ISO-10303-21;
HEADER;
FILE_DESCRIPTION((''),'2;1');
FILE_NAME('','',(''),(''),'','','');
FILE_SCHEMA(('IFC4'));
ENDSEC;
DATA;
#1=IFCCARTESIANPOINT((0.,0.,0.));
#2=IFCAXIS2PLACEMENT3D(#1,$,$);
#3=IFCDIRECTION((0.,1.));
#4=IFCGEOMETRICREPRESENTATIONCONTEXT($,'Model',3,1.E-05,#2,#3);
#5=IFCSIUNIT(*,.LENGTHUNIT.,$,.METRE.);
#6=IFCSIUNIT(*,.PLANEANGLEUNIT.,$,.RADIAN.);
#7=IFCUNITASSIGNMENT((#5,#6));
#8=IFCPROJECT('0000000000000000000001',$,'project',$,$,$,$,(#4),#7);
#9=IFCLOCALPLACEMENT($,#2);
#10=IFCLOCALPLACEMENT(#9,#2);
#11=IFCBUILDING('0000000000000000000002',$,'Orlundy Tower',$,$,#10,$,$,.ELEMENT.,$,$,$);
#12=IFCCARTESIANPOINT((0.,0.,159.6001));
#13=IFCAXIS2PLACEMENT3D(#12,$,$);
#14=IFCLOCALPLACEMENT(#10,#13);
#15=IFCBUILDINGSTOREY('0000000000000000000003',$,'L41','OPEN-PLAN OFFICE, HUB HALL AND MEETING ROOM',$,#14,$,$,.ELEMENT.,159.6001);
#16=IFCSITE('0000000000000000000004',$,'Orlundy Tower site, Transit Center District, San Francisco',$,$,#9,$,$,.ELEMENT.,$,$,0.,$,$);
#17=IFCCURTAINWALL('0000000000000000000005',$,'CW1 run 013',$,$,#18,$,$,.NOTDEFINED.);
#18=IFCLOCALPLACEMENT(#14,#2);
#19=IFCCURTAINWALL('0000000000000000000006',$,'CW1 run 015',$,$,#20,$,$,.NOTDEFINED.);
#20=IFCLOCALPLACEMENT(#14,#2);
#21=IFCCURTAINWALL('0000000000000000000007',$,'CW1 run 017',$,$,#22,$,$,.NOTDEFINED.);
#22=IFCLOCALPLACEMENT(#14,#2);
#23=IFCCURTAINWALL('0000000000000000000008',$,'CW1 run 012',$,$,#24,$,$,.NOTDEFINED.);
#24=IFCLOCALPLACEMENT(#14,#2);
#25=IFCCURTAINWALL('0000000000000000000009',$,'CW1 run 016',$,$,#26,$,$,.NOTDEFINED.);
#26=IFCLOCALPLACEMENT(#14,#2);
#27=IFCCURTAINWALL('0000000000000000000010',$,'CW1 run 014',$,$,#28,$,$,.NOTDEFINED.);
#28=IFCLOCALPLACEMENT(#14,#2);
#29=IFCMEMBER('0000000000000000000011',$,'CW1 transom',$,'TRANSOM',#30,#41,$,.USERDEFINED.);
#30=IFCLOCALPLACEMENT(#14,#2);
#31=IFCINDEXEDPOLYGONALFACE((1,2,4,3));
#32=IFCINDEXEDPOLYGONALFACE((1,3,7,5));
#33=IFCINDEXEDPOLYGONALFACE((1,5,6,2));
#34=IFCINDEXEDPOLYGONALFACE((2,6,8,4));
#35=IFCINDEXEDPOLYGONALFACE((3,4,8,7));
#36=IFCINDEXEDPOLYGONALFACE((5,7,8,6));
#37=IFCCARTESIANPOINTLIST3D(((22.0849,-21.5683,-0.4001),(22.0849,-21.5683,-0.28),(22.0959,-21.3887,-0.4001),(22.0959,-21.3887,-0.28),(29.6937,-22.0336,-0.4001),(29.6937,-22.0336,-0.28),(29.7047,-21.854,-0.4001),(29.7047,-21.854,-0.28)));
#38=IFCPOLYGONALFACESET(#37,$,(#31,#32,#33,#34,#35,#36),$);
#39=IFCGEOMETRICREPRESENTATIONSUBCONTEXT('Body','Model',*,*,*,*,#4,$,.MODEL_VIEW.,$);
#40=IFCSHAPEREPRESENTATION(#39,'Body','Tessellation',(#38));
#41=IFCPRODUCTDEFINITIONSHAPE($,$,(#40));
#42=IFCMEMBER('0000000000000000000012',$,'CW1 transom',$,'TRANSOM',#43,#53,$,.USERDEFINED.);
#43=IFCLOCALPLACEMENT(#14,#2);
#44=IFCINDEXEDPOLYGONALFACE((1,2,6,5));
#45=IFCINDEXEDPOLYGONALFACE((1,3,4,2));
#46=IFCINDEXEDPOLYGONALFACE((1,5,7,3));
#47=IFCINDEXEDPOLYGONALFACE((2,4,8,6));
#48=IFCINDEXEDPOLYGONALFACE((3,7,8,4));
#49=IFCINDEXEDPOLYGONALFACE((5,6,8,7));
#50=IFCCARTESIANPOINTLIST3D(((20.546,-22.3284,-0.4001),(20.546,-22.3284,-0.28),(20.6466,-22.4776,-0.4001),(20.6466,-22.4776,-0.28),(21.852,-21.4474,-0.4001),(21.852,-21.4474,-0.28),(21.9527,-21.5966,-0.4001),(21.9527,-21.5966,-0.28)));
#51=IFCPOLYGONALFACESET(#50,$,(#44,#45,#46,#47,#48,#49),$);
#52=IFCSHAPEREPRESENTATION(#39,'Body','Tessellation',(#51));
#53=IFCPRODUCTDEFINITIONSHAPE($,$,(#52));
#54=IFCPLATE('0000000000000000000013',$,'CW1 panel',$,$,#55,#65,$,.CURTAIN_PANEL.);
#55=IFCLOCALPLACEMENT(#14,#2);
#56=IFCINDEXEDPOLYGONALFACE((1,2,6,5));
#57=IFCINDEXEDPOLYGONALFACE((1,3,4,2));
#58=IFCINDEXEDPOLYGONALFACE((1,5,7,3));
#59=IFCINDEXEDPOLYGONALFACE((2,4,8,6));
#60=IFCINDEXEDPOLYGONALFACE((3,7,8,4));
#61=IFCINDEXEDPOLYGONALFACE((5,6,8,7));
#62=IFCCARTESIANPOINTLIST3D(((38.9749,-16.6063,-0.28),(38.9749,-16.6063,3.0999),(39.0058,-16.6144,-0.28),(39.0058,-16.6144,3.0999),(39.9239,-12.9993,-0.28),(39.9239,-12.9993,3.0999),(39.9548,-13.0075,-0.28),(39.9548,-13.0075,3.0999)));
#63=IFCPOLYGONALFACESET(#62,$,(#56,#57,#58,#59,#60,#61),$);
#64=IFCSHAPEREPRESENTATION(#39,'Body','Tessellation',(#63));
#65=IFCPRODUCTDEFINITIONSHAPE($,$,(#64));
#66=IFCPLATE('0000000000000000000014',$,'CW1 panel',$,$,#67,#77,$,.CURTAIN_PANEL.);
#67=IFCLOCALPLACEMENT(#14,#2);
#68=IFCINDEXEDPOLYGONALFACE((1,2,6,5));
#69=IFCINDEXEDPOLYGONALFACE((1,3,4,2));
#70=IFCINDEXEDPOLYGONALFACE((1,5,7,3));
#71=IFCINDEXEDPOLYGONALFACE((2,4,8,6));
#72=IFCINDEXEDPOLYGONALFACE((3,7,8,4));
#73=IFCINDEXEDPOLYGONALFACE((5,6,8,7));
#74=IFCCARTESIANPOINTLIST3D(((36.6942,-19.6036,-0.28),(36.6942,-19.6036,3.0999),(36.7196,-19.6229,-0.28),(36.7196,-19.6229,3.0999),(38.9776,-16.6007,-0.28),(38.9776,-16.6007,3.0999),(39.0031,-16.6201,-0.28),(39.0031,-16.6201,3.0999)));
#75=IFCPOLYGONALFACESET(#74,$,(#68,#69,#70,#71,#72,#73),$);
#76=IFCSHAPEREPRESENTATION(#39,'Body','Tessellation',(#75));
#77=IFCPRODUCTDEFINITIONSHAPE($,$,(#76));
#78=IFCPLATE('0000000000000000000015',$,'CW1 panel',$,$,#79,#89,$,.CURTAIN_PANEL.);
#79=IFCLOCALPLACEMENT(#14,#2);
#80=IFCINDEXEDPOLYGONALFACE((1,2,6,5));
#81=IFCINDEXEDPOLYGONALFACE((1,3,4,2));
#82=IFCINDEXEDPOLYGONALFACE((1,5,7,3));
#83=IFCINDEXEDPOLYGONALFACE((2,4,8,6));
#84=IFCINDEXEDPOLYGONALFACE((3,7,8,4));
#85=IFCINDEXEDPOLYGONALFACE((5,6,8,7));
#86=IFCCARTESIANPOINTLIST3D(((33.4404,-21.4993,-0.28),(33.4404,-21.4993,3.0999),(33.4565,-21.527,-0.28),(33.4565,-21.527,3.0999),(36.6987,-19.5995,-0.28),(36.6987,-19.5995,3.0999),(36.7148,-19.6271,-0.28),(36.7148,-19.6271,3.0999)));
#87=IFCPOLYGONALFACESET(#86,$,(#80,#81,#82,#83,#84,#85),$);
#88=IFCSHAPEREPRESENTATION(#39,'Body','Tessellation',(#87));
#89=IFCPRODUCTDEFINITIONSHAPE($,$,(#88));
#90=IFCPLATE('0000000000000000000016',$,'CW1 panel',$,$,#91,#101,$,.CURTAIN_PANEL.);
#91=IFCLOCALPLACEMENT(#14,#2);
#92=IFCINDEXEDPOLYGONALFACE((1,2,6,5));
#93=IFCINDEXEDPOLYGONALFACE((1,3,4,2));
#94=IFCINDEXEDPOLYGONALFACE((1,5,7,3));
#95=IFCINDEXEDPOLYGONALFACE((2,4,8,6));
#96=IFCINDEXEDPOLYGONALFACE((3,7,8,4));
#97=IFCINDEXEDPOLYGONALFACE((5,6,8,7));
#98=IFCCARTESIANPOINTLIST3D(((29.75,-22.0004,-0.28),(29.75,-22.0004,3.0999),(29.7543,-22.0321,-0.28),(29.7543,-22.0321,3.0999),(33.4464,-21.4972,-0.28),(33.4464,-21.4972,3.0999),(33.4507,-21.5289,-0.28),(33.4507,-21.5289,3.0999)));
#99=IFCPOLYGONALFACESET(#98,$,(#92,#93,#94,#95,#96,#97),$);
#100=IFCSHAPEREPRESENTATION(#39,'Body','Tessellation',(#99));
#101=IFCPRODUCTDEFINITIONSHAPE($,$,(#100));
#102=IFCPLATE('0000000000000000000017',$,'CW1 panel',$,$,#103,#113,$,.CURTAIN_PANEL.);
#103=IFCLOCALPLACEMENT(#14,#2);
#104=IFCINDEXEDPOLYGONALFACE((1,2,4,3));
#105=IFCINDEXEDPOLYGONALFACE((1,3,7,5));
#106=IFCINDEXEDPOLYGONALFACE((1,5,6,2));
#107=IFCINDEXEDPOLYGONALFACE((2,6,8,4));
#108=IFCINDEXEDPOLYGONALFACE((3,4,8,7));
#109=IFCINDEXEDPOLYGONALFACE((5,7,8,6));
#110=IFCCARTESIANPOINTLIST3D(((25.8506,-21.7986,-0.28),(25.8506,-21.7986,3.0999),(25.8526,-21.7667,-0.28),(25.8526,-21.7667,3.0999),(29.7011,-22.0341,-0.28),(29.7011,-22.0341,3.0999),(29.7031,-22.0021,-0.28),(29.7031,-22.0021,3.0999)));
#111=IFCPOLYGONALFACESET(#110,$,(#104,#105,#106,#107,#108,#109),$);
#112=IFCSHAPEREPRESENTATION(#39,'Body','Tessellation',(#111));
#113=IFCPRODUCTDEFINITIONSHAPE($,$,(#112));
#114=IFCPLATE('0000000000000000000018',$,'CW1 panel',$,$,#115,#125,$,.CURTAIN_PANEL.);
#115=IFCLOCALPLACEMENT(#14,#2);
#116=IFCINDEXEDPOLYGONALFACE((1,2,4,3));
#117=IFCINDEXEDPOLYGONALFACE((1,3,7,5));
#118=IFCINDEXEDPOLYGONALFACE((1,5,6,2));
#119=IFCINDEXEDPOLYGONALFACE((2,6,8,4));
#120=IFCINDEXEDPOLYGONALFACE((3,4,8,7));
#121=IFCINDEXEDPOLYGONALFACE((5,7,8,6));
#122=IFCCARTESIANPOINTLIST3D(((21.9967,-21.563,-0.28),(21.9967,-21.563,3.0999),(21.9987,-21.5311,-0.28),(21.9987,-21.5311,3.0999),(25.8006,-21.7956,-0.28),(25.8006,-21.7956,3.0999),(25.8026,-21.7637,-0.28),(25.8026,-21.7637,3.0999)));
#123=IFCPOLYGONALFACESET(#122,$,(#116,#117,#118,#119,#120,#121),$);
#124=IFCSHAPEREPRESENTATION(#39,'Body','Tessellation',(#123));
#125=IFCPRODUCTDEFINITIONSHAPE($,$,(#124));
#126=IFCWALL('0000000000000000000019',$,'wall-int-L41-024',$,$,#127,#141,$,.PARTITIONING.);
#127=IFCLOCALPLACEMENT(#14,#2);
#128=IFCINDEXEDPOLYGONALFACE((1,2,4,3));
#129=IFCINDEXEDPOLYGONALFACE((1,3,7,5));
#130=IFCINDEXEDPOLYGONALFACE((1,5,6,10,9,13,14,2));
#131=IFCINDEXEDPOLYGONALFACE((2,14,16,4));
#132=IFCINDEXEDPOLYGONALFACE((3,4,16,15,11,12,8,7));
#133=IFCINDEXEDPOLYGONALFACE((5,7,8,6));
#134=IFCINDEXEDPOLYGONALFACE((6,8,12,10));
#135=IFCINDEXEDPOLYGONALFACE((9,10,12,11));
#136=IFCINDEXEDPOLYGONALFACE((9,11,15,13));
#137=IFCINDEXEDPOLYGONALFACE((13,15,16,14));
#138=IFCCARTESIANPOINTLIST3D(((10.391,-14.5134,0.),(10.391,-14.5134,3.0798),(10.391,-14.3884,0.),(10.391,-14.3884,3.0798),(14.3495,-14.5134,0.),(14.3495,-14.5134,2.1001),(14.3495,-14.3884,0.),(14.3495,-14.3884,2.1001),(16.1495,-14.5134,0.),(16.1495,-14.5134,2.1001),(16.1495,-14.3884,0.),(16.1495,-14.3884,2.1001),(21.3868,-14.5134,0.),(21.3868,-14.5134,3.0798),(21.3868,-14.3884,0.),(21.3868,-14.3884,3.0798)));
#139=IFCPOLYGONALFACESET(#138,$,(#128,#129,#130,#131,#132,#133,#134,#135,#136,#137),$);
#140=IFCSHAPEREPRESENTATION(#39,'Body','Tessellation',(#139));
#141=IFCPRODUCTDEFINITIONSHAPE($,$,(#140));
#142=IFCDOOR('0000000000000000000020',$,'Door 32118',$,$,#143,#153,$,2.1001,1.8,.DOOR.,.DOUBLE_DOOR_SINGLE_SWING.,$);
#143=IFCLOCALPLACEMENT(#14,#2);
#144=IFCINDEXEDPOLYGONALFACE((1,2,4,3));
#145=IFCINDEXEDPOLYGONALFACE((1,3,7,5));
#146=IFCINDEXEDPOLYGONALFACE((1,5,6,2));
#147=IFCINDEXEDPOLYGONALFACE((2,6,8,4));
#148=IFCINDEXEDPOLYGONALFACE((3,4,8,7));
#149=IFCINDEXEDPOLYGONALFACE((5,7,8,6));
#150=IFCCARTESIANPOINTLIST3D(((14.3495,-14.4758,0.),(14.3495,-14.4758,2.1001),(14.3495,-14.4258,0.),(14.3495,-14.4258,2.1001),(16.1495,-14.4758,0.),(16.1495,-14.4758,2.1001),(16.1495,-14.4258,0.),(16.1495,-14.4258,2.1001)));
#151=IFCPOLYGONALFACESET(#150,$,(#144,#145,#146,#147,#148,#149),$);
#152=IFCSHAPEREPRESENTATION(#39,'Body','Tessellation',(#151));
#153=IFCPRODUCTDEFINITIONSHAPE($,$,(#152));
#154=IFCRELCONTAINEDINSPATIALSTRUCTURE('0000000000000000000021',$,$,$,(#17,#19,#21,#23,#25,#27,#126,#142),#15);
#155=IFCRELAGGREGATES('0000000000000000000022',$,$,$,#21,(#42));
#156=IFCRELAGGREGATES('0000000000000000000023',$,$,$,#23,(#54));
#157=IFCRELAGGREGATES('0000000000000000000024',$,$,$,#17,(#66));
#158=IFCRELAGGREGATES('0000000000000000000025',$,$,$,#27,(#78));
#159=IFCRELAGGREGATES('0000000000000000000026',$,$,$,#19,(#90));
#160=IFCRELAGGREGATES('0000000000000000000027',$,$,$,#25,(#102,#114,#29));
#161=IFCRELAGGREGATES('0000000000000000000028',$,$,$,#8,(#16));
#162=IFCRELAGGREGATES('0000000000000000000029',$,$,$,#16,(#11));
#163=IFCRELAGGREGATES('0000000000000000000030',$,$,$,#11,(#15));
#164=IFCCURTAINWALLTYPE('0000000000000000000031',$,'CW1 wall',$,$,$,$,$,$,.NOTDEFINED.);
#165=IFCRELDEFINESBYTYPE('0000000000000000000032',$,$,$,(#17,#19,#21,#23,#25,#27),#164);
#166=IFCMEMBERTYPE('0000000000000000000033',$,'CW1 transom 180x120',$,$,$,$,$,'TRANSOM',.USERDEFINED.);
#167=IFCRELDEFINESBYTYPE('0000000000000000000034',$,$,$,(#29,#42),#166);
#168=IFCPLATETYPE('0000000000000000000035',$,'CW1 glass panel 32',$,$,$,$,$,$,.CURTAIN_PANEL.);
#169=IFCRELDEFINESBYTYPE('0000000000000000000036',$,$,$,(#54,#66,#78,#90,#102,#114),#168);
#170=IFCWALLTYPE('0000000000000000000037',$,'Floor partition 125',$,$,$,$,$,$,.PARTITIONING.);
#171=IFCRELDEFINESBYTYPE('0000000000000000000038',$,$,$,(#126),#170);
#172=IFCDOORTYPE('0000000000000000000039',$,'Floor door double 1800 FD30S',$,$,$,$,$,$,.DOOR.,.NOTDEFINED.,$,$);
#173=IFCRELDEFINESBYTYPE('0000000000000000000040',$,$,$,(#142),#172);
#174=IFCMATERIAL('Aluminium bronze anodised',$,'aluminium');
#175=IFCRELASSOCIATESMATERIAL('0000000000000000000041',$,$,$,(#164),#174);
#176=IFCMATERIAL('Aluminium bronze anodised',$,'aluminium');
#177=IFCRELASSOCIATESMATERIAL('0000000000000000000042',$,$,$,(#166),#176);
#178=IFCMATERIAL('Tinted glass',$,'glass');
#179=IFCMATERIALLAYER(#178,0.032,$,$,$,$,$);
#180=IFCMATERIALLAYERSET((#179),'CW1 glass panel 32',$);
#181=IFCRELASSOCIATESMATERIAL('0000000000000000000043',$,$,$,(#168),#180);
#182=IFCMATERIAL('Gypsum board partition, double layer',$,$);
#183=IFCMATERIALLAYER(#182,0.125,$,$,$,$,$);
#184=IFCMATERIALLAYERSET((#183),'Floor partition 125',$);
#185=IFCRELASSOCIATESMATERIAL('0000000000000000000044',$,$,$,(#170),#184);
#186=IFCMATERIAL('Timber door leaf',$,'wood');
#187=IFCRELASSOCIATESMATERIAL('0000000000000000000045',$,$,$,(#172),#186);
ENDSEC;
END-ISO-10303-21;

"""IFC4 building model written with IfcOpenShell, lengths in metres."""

from ifc_helpers import new_model, si_unit, direction, frame, frame_2d, origin, origin_2d, place, context, subcontext, project, spatial, rectangle, extrude, material, layer, layer_set, material_profile, profile_set, type_object, element, fill, aggregate, save


model = new_model("IFC4")

# Units and contexts
model_context = context("Model", 3, precision=1e-05, world=origin(), true_north=direction((0.0, 1.0)))
body_context = subcontext(model_context, "Body", "Model", "MODEL_VIEW")
ifc_project = project(units=[si_unit("LENGTHUNIT", "METRE"), si_unit("PLANEANGLEUNIT", "RADIAN")], contexts=[model_context])

# Site, building, storey
site_placement = place(None, origin())
site = spatial("IfcSite", under=ifc_project, at=site_placement, Name="Orlundy Tower site, Transit Center District, San Francisco", CompositionType="ELEMENT", RefElevation=0.0)
building_placement = place(site_placement, origin())
building = spatial("IfcBuilding", under=site, at=building_placement, Name="Orlundy Tower", CompositionType="ELEMENT")
storey_placement = place(building_placement, frame((0.0, 0.0, 159.6001)))
storey = spatial("IfcBuildingStorey", under=building, at=storey_placement, Name="L41", Description="OPEN-PLAN OFFICE, HUB HALL AND MEETING ROOM", CompositionType="ELEMENT", Elevation=159.6001)

# Curtain walls
ifc_material_1 = material(Name="Aluminium bronze anodised", Category="aluminium")
curtain_wall_type = type_object("IfcCurtainWallType", Name="CW1 wall", PredefinedType="NOTDEFINED", material=ifc_material_1)
curtain_wall_1_placement = place(storey_placement, origin())
curtain_wall_1 = element("IfcCurtainWall", 1, at=curtain_wall_1_placement, inside=storey, type_object=curtain_wall_type, Name="CW1 run 013", PredefinedType="NOTDEFINED")
curtain_wall_2_placement = place(storey_placement, origin())
curtain_wall_2 = element("IfcCurtainWall", 2, at=curtain_wall_2_placement, inside=storey, type_object=curtain_wall_type, Name="CW1 run 015", PredefinedType="NOTDEFINED")
curtain_wall_3_placement = place(storey_placement, origin())
curtain_wall_3 = element("IfcCurtainWall", 3, at=curtain_wall_3_placement, inside=storey, type_object=curtain_wall_type, Name="CW1 run 017", PredefinedType="NOTDEFINED")
curtain_wall_4_placement = place(storey_placement, origin())
curtain_wall_4 = element("IfcCurtainWall", 4, at=curtain_wall_4_placement, inside=storey, type_object=curtain_wall_type, Name="CW1 run 012", PredefinedType="NOTDEFINED")

# Curtain wall
curtain_wall_5_placement = place(storey_placement, origin())
curtain_wall_5 = element("IfcCurtainWall", 5, at=curtain_wall_5_placement, inside=storey, type_object=curtain_wall_type, Name="CW1 run 016", PredefinedType="NOTDEFINED")

# Shared definitions
ifc_material_2 = material(Name="Aluminium bronze anodised", Category="aluminium")
ifc_material_profile_1 = material_profile(ifc_material_2, rectangle(XDim=0.1799, YDim=0.1201, at=origin_2d()), Name="CW1 transom 180x120")
ifc_profile_set_1 = profile_set([ifc_material_profile_1], Name="Aluminium bronze anodised")
member_type_1 = type_object("IfcMemberType", Name="CW1 transom 180x120", ElementType="TRANSOM", PredefinedType="USERDEFINED", material=ifc_profile_set_1)

# Curtain wall
curtain_wall_6_placement = place(storey_placement, origin())
curtain_wall_6 = element("IfcCurtainWall", 6, at=curtain_wall_6_placement, inside=storey, type_object=curtain_wall_type, Name="CW1 run 014", PredefinedType="NOTDEFINED")

# Members
member_1_placement = place(storey_placement, frame((29.6992, -21.9438, -0.3401), z_axis=(-0.998135, 0.061042, 0.0), x_axis=(-0.061042, -0.998135, 0.0)))
member_1 = element("IfcMember", 7, at=member_1_placement, type_object=member_type_1, Name="CW1 transom", ObjectType="TRANSOM", PredefinedType="USERDEFINED", context=body_context, shape_type="SweptSolid", body=[
    extrude(rectangle(XDim=0.1799, YDim=0.1201, at=origin_2d()), origin(), (0.0, 0.0, 1.0), 7.623),
])
member_2_placement = place(storey_placement, frame((21.9023, -21.522, -0.3401), z_axis=(-0.82901, -0.559233, 0.0), x_axis=(0.559233, -0.82901, 0.0)))
member_2 = element("IfcMember", 8, at=member_2_placement, type_object=member_type_1, Name="CW1 transom", ObjectType="TRANSOM", PredefinedType="USERDEFINED", context=body_context, shape_type="SweptSolid", body=[
    extrude(rectangle(XDim=0.1799, YDim=0.1201, at=origin_2d()), origin(), (0.0, 0.0, 1.0), 1.5754),
])
aggregate(curtain_wall_3, [member_2])

# Plates
ifc_material_3 = material(Name="Tinted glass", Category="glass")
ifc_layer_1 = layer(ifc_material_3, 0.032)
ifc_layer_set_1 = layer_set([ifc_layer_1], Name="CW1 glass panel 32")
plate_type = type_object("IfcPlateType", Name="CW1 glass panel 32", PredefinedType="CURTAIN_PANEL", material=ifc_layer_set_1)
plate_1_placement = place(storey_placement, frame((39.4648, -14.8069, -0.28), z_axis=(0.0, 0.0, 1.0), x_axis=(-0.254453, -0.967085, 0.0)))
plate_1 = element("IfcPlate", 9, at=plate_1_placement, type_object=plate_type, Name="CW1 panel", PredefinedType="CURTAIN_PANEL", context=body_context, shape_type="SweptSolid", body=[
    extrude(rectangle(XDim=3.7297, YDim=0.032, at=origin_2d()), origin(), (0.0, 0.0, 1.0), 3.3799),
])
aggregate(curtain_wall_4, [plate_1])
plate_2_placement = place(storey_placement, frame((37.8486, -18.1118, -0.28), z_axis=(0.0, 0.0, 1.0), x_axis=(-0.605295, -0.796001, 0.0)))
plate_2 = element("IfcPlate", 10, at=plate_2_placement, type_object=plate_type, Name="CW1 panel", PredefinedType="CURTAIN_PANEL", context=body_context, shape_type="SweptSolid", body=[
    extrude(rectangle(XDim=3.7725, YDim=0.032, at=origin_2d()), origin(), (0.0, 0.0, 1.0), 3.3799),
])
aggregate(curtain_wall_1, [plate_2])
plate_3_placement = place(storey_placement, frame((35.0776, -20.5632, -0.28), z_axis=(0.0, 0.0, 1.0), x_axis=(-0.863877, -0.503703, 0.0)))
plate_3 = element("IfcPlate", 11, at=plate_3_placement, type_object=plate_type, Name="CW1 panel", PredefinedType="CURTAIN_PANEL", context=body_context, shape_type="SweptSolid", body=[
    extrude(rectangle(XDim=3.7717, YDim=0.032, at=origin_2d()), origin(), (0.0, 0.0, 1.0), 3.3799),
])
aggregate(curtain_wall_6, [plate_3])
plate_4_placement = place(storey_placement, frame((31.6003, -21.7646, -0.28), z_axis=(0.0, 0.0, 1.0), x_axis=(-0.990861, -0.134884, 0.0)))
plate_4 = element("IfcPlate", 12, at=plate_4_placement, type_object=plate_type, Name="CW1 panel", PredefinedType="CURTAIN_PANEL", context=body_context, shape_type="SweptSolid", body=[
    extrude(rectangle(XDim=3.7305, YDim=0.032, at=origin_2d()), origin(), (0.0, 0.0, 1.0), 3.3799),
])
aggregate(curtain_wall_2, [plate_4])
plate_5_placement = place(storey_placement, frame((27.7769, -21.9004, -0.28), z_axis=(0.0, 0.0, 1.0), x_axis=(-0.998136, 0.061026, 0.0)))
plate_5 = element("IfcPlate", 13, at=plate_5_placement, type_object=plate_type, Name="CW1 panel", PredefinedType="CURTAIN_PANEL", context=body_context, shape_type="SweptSolid", body=[
    extrude(rectangle(XDim=3.8577, YDim=0.032, at=origin_2d()), origin(), (0.0, 0.0, 1.0), 3.3799),
])
plate_6_placement = place(storey_placement, frame((23.8997, -21.6633, -0.28), z_axis=(0.0, 0.0, 1.0), x_axis=(-0.998136, 0.061026, 0.0)))
plate_6 = element("IfcPlate", 14, at=plate_6_placement, type_object=plate_type, Name="CW1 panel", PredefinedType="CURTAIN_PANEL", context=body_context, shape_type="SweptSolid", body=[
    extrude(rectangle(XDim=3.811, YDim=0.032, at=origin_2d()), origin(), (0.0, 0.0, 1.0), 3.3799),
])
aggregate(curtain_wall_5, [plate_5, plate_6, member_1])

# Wall, opening, door
ifc_material_4 = material(Name="Gypsum board partition, double layer")
ifc_layer_2 = layer(ifc_material_4, 0.125)
ifc_layer_set_2 = layer_set([ifc_layer_2], Name="Floor partition 125")
wall_type = type_object("IfcWallType", Name="Floor partition 125", PredefinedType="PARTITIONING", material=ifc_layer_set_2)
wall_placement = place(storey_placement, frame((21.387, -14.4509, 0.0), z_axis=(0.0, 0.0, 1.0), x_axis=(-1.0, 0.0, 0.0)))
wall = element("IfcWall", 15, at=wall_placement, inside=storey, type_object=wall_type, Name="wall-int-L41-024", PredefinedType="PARTITIONING", context=body_context, shape_type="SweptSolid", body=[
    extrude(rectangle(XDim=10.9958, YDim=0.125, at=frame_2d((5.498, 0.0))), origin(), (0.0, 0.0, 1.0), 3.0798),
])
opening_placement = place(wall_placement, frame((5.2375, 0.0, 0.0)))
opening = element("IfcOpeningElement", 16, at=opening_placement, cuts=wall, PredefinedType="OPENING", context=body_context, shape_type="SweptSolid", body=[
    extrude(rectangle(XDim=1.8, YDim=2.1001, at=frame_2d((0.8999, 1.05))), frame((0.0, 0.0725, 0.0), z_axis=(0.0, -1.0, 0.0), x_axis=(1.0, 0.0, 0.0)), (0.0, 0.0, 1.0), 0.145),
])
ifc_material_5 = material(Name="Timber door leaf", Category="wood")
door_type = type_object("IfcDoorType", Name="Floor door double 1800 FD30S", OperationType="NOTDEFINED", PredefinedType="DOOR", material=ifc_material_5)
door_placement = place(opening_placement, origin())
door = element("IfcDoor", 17, at=door_placement, inside=storey, type_object=door_type, Name="Door 32118", OperationType="DOUBLE_DOOR_SINGLE_SWING", OverallHeight=2.1001, OverallWidth=1.8, PredefinedType="DOOR", context=body_context, shape_type="SweptSolid", body=[
    extrude(rectangle(XDim=1.8, YDim=2.1001, at=frame_2d((0.8999, 1.05))), frame((0.0, 0.0249, 0.0), z_axis=(0.0, -1.0, 0.0), x_axis=(1.0, 0.0, 0.0)), (0.0, 0.0, 1.0), 0.05),
])
fill(opening, door)

save(model, "model.ifc")
